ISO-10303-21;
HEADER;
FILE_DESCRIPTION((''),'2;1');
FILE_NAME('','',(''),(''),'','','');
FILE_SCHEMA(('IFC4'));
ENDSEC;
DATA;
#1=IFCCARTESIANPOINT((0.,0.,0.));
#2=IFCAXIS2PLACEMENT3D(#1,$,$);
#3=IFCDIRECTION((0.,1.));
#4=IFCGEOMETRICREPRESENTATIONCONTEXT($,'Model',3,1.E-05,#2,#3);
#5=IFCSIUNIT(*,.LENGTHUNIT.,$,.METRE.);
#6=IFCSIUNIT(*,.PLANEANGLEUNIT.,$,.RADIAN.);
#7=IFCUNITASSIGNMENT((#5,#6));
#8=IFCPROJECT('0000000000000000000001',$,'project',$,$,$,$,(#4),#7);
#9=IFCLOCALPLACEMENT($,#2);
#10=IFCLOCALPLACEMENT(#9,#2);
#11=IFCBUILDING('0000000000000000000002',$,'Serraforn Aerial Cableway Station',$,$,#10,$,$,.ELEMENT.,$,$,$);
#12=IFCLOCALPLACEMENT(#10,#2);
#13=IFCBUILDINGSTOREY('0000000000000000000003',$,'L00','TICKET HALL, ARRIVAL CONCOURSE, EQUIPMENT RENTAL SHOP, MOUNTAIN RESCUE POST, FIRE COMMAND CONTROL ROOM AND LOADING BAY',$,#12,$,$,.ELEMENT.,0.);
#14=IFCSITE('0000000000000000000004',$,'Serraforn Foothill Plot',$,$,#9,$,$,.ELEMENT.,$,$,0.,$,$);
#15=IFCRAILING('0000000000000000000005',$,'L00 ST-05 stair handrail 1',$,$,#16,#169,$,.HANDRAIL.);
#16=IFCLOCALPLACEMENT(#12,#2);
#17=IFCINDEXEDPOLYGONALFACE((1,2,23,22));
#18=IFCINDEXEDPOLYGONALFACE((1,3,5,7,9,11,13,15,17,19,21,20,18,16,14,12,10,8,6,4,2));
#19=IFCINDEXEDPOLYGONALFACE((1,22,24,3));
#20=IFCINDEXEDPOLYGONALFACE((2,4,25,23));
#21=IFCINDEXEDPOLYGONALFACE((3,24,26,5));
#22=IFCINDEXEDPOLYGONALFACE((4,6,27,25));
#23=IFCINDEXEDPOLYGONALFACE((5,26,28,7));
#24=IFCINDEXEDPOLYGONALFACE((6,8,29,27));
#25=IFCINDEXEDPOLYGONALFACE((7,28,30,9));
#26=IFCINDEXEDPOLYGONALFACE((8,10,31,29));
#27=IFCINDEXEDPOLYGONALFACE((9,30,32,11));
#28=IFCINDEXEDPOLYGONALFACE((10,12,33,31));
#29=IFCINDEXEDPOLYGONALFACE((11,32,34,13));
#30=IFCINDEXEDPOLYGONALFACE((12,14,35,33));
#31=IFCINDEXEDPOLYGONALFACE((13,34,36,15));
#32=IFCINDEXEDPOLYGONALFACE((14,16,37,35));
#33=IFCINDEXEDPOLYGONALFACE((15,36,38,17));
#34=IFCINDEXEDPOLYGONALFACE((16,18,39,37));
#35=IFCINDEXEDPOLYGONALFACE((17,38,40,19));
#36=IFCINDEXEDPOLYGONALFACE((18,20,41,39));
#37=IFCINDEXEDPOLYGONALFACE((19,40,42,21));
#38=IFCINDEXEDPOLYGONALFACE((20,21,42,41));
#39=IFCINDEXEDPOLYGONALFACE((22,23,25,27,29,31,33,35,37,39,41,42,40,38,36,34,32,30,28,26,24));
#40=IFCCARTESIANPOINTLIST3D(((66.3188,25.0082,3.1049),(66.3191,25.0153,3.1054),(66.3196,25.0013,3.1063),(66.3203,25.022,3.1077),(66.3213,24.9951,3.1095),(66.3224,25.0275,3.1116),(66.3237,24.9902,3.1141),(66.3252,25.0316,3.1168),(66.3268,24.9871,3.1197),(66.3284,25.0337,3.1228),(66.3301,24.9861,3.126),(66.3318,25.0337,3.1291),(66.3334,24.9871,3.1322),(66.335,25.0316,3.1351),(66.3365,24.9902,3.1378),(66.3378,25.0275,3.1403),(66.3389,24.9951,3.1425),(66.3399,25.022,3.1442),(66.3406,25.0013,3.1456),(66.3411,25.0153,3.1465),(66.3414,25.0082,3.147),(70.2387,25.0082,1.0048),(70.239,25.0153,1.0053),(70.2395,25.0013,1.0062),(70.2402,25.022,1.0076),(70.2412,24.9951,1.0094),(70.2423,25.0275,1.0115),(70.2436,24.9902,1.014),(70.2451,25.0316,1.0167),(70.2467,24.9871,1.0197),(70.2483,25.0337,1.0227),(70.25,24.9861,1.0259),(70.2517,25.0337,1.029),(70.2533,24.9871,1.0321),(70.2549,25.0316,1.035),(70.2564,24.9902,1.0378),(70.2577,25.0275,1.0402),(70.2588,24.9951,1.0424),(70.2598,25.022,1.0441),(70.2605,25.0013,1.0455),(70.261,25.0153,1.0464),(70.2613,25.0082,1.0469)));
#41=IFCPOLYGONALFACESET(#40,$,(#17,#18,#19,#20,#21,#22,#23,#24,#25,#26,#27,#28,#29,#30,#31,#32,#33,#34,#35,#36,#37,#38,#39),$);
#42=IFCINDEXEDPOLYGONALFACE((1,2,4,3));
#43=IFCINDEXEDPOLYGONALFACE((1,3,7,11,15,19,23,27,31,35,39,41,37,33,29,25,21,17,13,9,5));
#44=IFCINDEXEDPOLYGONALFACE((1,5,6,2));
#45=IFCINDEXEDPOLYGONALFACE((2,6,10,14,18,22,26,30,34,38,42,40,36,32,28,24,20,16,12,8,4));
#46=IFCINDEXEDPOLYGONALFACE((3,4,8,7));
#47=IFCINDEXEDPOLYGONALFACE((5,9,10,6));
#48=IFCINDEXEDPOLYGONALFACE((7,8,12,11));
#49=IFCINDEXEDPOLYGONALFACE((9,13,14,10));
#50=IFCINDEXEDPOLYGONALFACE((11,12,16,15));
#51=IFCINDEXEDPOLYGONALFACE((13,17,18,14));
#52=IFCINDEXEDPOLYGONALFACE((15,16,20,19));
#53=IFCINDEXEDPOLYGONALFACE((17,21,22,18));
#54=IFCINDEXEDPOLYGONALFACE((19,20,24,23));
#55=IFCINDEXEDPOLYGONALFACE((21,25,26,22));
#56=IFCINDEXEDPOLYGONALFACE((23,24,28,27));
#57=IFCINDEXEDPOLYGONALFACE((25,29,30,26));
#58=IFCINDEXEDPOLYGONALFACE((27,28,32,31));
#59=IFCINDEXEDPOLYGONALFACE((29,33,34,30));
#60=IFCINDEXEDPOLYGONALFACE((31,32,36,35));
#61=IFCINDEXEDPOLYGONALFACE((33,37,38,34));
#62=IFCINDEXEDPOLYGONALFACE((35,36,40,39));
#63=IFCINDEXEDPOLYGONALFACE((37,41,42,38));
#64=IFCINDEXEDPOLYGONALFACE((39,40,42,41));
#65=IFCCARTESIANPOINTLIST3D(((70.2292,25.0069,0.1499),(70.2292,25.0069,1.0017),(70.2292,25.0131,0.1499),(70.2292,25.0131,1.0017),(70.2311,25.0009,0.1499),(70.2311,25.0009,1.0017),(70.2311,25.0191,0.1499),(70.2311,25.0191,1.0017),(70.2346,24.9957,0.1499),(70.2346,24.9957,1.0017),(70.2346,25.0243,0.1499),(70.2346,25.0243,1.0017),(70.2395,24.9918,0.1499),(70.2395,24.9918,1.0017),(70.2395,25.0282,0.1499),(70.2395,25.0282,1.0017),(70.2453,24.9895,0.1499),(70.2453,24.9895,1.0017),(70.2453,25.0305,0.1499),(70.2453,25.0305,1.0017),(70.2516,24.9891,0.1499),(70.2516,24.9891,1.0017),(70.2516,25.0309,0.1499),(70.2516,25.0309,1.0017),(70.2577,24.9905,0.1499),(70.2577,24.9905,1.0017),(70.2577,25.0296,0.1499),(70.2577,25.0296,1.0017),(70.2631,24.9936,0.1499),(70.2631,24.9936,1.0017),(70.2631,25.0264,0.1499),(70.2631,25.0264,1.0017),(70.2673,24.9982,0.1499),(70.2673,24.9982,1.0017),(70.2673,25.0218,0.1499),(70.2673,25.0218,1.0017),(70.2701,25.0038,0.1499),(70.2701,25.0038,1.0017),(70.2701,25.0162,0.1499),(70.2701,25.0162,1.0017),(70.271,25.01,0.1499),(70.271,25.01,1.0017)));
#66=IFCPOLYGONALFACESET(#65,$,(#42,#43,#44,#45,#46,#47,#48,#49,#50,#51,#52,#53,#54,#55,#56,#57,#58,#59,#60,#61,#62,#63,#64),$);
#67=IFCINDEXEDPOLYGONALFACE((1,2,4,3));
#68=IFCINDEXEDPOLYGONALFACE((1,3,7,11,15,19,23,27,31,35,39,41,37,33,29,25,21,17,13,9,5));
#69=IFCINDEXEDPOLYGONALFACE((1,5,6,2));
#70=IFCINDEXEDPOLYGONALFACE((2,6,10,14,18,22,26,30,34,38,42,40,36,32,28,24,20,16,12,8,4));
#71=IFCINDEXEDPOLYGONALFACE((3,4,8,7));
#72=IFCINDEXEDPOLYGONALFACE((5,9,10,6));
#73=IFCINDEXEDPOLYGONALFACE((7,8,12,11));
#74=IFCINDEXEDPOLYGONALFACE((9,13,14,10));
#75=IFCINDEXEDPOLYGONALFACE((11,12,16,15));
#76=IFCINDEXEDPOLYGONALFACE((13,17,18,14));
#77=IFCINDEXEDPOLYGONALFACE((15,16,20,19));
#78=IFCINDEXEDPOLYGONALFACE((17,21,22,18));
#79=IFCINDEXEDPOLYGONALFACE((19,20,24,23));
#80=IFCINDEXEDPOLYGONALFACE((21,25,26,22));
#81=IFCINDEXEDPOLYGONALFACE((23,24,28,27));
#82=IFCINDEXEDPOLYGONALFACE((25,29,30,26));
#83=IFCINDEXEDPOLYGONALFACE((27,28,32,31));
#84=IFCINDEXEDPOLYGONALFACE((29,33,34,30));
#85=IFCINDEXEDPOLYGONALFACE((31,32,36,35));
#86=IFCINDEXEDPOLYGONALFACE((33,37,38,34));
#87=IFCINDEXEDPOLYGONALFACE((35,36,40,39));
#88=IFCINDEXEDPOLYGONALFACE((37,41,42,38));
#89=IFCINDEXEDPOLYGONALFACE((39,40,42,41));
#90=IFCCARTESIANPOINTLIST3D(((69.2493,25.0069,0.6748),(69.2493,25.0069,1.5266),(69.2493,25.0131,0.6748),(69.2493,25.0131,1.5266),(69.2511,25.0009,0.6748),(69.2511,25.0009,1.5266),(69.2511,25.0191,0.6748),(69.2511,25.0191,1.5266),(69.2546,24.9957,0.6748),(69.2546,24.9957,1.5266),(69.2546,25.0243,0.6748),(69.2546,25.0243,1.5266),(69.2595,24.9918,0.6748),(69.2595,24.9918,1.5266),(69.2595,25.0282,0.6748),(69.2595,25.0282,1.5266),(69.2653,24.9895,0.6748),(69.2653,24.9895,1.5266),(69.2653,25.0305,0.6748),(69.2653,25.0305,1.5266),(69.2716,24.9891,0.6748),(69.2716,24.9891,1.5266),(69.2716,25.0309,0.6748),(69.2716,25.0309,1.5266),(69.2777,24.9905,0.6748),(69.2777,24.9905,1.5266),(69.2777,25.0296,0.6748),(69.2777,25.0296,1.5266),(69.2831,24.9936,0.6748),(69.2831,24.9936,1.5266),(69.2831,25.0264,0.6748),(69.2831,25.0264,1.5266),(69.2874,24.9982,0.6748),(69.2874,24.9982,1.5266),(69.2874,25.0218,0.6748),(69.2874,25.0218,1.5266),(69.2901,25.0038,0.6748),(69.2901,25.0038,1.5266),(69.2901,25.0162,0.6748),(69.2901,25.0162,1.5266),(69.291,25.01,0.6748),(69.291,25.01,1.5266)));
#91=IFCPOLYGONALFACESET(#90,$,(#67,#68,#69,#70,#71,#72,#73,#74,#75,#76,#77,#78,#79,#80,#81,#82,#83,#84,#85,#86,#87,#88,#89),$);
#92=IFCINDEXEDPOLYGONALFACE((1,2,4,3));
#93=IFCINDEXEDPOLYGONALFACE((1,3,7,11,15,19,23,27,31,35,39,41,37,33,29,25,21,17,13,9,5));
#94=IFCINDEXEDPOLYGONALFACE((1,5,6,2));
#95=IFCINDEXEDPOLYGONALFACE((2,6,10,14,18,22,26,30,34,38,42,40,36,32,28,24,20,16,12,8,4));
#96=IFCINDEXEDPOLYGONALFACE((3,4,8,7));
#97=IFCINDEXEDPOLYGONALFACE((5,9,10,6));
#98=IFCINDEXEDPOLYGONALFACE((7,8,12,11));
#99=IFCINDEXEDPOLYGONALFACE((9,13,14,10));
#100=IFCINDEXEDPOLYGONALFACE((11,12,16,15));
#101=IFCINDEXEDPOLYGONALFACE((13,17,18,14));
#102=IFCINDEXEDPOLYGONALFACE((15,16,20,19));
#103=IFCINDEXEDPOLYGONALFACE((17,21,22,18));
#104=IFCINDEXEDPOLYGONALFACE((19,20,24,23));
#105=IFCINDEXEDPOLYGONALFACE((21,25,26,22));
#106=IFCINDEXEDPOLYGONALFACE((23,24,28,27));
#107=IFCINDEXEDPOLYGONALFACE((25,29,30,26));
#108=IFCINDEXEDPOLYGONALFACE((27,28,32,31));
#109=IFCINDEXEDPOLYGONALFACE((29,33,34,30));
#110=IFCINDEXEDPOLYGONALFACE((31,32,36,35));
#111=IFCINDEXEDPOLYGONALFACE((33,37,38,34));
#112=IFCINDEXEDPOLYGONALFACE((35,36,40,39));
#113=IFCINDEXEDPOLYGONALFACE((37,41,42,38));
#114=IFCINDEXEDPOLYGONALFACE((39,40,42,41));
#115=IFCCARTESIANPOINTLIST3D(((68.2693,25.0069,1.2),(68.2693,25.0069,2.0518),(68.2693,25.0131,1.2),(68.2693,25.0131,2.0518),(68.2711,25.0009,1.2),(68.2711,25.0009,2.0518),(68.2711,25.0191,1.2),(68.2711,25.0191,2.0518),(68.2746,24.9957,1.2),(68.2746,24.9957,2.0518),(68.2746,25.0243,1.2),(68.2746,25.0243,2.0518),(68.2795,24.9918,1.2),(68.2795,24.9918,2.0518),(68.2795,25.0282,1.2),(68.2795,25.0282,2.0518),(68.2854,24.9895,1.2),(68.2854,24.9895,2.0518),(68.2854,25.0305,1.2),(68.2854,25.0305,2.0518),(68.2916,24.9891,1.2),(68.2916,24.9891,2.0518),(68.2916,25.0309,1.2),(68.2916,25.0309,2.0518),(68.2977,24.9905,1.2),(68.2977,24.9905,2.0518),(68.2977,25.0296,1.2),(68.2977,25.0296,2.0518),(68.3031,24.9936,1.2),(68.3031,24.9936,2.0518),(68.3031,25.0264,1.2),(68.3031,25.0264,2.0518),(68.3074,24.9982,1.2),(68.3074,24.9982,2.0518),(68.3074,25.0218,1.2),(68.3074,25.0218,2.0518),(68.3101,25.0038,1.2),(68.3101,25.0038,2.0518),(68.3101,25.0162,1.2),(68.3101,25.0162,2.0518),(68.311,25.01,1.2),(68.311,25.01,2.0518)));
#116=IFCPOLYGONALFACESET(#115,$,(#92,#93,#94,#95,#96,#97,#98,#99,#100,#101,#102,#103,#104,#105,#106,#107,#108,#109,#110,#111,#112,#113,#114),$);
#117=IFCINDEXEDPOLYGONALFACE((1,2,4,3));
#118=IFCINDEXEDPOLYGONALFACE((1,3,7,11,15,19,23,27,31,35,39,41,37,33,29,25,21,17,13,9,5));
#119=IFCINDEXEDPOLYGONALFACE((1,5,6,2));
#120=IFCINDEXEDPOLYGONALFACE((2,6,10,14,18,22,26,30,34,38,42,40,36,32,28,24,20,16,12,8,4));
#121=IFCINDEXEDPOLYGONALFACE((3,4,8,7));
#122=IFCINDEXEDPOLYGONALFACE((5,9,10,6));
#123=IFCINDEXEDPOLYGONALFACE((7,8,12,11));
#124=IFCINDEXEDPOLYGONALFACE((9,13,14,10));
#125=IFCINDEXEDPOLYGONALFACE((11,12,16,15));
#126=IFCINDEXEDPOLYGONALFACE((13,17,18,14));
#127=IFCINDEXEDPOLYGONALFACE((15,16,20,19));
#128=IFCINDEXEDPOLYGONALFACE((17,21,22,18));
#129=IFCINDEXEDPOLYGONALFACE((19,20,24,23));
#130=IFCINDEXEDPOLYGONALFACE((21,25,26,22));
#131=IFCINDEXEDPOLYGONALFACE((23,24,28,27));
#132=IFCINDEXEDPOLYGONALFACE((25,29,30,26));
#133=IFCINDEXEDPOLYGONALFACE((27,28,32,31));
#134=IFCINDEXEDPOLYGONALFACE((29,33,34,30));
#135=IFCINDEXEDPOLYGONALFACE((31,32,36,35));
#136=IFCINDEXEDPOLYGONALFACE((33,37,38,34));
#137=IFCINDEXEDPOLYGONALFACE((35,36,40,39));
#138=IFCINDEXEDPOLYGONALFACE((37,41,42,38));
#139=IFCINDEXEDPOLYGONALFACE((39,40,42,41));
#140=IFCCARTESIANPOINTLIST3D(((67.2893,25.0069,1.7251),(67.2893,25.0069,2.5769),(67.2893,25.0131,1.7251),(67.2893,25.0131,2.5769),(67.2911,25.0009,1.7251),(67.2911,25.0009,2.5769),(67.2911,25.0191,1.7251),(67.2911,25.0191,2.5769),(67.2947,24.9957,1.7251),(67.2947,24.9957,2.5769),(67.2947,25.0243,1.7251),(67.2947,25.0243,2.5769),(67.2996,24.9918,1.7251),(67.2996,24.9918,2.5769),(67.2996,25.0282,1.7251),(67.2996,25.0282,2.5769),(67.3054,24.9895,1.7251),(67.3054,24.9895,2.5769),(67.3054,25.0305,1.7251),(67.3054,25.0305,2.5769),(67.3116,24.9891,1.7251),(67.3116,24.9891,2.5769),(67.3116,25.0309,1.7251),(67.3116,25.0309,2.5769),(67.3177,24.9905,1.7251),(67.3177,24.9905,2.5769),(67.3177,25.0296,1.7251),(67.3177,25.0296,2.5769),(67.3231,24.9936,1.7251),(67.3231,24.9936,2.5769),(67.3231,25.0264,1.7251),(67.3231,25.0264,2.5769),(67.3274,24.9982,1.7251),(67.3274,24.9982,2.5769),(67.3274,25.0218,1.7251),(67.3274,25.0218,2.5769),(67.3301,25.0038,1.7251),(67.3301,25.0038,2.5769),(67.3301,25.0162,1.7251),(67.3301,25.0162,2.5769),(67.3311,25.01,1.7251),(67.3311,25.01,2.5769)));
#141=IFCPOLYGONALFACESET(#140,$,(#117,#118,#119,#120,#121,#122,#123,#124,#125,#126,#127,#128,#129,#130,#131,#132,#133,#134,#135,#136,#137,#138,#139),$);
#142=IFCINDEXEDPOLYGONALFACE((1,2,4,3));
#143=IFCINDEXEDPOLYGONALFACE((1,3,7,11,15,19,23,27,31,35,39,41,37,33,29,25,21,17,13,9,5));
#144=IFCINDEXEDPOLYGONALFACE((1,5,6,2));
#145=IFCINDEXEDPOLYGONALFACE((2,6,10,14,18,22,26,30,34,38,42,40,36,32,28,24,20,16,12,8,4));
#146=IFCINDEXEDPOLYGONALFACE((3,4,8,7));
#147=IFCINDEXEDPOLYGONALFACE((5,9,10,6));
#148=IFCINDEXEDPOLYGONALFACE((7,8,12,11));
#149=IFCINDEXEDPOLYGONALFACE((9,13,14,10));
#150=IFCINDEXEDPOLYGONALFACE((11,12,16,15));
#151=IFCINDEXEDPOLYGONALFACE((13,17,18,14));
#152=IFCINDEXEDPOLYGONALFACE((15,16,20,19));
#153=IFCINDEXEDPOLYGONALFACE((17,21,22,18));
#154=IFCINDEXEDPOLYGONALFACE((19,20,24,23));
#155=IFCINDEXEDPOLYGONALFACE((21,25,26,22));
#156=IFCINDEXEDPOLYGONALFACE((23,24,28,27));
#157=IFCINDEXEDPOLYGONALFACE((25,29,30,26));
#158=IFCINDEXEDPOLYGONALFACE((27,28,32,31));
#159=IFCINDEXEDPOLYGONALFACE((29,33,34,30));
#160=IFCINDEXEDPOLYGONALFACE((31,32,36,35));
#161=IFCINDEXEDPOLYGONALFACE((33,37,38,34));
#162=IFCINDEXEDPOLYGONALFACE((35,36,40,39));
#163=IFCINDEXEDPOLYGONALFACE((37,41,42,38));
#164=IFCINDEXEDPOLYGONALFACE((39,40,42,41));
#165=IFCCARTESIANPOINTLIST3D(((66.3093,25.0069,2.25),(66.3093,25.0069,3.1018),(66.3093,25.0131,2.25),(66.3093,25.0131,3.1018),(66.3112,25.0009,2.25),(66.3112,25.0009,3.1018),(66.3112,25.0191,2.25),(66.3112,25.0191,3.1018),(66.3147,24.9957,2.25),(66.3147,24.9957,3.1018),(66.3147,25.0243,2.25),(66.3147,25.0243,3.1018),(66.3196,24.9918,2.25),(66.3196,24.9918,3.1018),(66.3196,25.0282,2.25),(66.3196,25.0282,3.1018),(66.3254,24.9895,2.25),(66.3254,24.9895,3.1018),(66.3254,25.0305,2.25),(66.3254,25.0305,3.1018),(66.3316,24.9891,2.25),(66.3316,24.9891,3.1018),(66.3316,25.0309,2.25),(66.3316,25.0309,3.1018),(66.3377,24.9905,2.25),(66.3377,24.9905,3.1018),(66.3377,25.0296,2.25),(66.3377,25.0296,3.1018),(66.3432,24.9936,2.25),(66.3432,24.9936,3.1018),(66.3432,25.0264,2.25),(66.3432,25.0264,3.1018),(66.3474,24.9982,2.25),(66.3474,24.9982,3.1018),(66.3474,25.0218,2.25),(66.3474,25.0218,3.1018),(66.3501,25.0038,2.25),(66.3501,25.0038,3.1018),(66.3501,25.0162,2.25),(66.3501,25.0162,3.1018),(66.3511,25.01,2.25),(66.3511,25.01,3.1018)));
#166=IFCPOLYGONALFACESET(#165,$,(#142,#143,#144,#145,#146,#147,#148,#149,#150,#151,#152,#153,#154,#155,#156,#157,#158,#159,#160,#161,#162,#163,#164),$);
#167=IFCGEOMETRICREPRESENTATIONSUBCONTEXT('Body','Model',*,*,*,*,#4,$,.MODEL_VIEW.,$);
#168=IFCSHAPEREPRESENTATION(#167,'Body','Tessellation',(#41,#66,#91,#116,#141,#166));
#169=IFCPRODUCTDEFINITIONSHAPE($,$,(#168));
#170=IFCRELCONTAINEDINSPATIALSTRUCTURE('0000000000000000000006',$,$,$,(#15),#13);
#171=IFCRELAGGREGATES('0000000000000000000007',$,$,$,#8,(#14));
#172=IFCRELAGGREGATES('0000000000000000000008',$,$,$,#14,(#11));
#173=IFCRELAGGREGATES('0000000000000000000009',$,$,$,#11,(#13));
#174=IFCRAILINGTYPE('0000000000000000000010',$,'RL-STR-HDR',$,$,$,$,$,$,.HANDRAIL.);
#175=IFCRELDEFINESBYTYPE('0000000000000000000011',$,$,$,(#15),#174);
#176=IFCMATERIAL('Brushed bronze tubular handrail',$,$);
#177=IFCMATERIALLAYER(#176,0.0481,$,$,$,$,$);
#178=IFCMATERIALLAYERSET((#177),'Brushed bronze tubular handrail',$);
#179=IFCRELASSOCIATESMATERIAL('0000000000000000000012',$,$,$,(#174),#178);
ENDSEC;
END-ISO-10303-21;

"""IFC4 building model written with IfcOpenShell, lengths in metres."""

from ifc_helpers import new_model, si_unit, direction, frame, origin, origin_2d, place, context, subcontext, project, spatial, circle, extrude, material, layer, layer_set, type_object, element, save


model = new_model("IFC4")

# Units and contexts
model_context = context("Model", 3, precision=1e-05, world=origin(), true_north=direction((0.0, 1.0)))
body_context = subcontext(model_context, "Body", "Model", "MODEL_VIEW")
ifc_project = project(units=[si_unit("LENGTHUNIT", "METRE"), si_unit("PLANEANGLEUNIT", "RADIAN")], contexts=[model_context])

# Site, building, storey
site_placement = place(None, origin())
site = spatial("IfcSite", under=ifc_project, at=site_placement, Name="Serraforn Foothill Plot", CompositionType="ELEMENT", RefElevation=0.0)
building_placement = place(site_placement, origin())
building = spatial("IfcBuilding", under=site, at=building_placement, Name="Serraforn Aerial Cableway Station", CompositionType="ELEMENT")
storey_placement = place(building_placement, origin())
storey = spatial("IfcBuildingStorey", under=building, at=storey_placement, Name="L00", Description="TICKET HALL, ARRIVAL CONCOURSE, EQUIPMENT RENTAL SHOP, MOUNTAIN RESCUE POST, FIRE COMMAND CONTROL ROOM AND LOADING BAY", CompositionType="ELEMENT", Elevation=0.0)

# Railing
ifc_material_1 = material(Name="Brushed bronze tubular handrail")
ifc_layer_1 = layer(ifc_material_1, 0.0481)
ifc_layer_set_1 = layer_set([ifc_layer_1], Name="Brushed bronze tubular handrail")
railing_type_1 = type_object("IfcRailingType", Name="RL-STR-HDR", PredefinedType="HANDRAIL", material=ifc_layer_set_1)
railing_1_placement = place(storey_placement, frame((70.25, 25.01, 0.1499)))
element("IfcRailing", 1, at=railing_1_placement, inside=storey, type_object=railing_type_1, Name="L00 ST-05 stair handrail 1", PredefinedType="HANDRAIL", context=body_context, shape_type="SweptSolid", body=[
    extrude(circle(Radius=0.0239, at=origin_2d()), frame((0.0, 0.0, 0.876), z_axis=(-0.881467, 0.0, 0.472246), x_axis=(0.0, -1.0, 0.0)), (0.0, 0.0, 1.0), 4.447),
    extrude(circle(Radius=0.021, at=origin_2d()), origin(), (0.0, 0.0, 1.0), 0.8518),
    extrude(circle(Radius=0.021, at=origin_2d()), frame((-0.98, 0.0, 0.5249)), (0.0, 0.0, 1.0), 0.8518),
    extrude(circle(Radius=0.021, at=origin_2d()), frame((-1.96, 0.0, 1.05)), (0.0, 0.0, 1.0), 0.8518),
    extrude(circle(Radius=0.021, at=origin_2d()), frame((-2.9399, 0.0, 1.5752)), (0.0, 0.0, 1.0), 0.8518),
    extrude(circle(Radius=0.021, at=origin_2d()), frame((-3.9199, 0.0, 2.1001)), (0.0, 0.0, 1.0), 0.8518),
])

save(model, "model.ifc")
